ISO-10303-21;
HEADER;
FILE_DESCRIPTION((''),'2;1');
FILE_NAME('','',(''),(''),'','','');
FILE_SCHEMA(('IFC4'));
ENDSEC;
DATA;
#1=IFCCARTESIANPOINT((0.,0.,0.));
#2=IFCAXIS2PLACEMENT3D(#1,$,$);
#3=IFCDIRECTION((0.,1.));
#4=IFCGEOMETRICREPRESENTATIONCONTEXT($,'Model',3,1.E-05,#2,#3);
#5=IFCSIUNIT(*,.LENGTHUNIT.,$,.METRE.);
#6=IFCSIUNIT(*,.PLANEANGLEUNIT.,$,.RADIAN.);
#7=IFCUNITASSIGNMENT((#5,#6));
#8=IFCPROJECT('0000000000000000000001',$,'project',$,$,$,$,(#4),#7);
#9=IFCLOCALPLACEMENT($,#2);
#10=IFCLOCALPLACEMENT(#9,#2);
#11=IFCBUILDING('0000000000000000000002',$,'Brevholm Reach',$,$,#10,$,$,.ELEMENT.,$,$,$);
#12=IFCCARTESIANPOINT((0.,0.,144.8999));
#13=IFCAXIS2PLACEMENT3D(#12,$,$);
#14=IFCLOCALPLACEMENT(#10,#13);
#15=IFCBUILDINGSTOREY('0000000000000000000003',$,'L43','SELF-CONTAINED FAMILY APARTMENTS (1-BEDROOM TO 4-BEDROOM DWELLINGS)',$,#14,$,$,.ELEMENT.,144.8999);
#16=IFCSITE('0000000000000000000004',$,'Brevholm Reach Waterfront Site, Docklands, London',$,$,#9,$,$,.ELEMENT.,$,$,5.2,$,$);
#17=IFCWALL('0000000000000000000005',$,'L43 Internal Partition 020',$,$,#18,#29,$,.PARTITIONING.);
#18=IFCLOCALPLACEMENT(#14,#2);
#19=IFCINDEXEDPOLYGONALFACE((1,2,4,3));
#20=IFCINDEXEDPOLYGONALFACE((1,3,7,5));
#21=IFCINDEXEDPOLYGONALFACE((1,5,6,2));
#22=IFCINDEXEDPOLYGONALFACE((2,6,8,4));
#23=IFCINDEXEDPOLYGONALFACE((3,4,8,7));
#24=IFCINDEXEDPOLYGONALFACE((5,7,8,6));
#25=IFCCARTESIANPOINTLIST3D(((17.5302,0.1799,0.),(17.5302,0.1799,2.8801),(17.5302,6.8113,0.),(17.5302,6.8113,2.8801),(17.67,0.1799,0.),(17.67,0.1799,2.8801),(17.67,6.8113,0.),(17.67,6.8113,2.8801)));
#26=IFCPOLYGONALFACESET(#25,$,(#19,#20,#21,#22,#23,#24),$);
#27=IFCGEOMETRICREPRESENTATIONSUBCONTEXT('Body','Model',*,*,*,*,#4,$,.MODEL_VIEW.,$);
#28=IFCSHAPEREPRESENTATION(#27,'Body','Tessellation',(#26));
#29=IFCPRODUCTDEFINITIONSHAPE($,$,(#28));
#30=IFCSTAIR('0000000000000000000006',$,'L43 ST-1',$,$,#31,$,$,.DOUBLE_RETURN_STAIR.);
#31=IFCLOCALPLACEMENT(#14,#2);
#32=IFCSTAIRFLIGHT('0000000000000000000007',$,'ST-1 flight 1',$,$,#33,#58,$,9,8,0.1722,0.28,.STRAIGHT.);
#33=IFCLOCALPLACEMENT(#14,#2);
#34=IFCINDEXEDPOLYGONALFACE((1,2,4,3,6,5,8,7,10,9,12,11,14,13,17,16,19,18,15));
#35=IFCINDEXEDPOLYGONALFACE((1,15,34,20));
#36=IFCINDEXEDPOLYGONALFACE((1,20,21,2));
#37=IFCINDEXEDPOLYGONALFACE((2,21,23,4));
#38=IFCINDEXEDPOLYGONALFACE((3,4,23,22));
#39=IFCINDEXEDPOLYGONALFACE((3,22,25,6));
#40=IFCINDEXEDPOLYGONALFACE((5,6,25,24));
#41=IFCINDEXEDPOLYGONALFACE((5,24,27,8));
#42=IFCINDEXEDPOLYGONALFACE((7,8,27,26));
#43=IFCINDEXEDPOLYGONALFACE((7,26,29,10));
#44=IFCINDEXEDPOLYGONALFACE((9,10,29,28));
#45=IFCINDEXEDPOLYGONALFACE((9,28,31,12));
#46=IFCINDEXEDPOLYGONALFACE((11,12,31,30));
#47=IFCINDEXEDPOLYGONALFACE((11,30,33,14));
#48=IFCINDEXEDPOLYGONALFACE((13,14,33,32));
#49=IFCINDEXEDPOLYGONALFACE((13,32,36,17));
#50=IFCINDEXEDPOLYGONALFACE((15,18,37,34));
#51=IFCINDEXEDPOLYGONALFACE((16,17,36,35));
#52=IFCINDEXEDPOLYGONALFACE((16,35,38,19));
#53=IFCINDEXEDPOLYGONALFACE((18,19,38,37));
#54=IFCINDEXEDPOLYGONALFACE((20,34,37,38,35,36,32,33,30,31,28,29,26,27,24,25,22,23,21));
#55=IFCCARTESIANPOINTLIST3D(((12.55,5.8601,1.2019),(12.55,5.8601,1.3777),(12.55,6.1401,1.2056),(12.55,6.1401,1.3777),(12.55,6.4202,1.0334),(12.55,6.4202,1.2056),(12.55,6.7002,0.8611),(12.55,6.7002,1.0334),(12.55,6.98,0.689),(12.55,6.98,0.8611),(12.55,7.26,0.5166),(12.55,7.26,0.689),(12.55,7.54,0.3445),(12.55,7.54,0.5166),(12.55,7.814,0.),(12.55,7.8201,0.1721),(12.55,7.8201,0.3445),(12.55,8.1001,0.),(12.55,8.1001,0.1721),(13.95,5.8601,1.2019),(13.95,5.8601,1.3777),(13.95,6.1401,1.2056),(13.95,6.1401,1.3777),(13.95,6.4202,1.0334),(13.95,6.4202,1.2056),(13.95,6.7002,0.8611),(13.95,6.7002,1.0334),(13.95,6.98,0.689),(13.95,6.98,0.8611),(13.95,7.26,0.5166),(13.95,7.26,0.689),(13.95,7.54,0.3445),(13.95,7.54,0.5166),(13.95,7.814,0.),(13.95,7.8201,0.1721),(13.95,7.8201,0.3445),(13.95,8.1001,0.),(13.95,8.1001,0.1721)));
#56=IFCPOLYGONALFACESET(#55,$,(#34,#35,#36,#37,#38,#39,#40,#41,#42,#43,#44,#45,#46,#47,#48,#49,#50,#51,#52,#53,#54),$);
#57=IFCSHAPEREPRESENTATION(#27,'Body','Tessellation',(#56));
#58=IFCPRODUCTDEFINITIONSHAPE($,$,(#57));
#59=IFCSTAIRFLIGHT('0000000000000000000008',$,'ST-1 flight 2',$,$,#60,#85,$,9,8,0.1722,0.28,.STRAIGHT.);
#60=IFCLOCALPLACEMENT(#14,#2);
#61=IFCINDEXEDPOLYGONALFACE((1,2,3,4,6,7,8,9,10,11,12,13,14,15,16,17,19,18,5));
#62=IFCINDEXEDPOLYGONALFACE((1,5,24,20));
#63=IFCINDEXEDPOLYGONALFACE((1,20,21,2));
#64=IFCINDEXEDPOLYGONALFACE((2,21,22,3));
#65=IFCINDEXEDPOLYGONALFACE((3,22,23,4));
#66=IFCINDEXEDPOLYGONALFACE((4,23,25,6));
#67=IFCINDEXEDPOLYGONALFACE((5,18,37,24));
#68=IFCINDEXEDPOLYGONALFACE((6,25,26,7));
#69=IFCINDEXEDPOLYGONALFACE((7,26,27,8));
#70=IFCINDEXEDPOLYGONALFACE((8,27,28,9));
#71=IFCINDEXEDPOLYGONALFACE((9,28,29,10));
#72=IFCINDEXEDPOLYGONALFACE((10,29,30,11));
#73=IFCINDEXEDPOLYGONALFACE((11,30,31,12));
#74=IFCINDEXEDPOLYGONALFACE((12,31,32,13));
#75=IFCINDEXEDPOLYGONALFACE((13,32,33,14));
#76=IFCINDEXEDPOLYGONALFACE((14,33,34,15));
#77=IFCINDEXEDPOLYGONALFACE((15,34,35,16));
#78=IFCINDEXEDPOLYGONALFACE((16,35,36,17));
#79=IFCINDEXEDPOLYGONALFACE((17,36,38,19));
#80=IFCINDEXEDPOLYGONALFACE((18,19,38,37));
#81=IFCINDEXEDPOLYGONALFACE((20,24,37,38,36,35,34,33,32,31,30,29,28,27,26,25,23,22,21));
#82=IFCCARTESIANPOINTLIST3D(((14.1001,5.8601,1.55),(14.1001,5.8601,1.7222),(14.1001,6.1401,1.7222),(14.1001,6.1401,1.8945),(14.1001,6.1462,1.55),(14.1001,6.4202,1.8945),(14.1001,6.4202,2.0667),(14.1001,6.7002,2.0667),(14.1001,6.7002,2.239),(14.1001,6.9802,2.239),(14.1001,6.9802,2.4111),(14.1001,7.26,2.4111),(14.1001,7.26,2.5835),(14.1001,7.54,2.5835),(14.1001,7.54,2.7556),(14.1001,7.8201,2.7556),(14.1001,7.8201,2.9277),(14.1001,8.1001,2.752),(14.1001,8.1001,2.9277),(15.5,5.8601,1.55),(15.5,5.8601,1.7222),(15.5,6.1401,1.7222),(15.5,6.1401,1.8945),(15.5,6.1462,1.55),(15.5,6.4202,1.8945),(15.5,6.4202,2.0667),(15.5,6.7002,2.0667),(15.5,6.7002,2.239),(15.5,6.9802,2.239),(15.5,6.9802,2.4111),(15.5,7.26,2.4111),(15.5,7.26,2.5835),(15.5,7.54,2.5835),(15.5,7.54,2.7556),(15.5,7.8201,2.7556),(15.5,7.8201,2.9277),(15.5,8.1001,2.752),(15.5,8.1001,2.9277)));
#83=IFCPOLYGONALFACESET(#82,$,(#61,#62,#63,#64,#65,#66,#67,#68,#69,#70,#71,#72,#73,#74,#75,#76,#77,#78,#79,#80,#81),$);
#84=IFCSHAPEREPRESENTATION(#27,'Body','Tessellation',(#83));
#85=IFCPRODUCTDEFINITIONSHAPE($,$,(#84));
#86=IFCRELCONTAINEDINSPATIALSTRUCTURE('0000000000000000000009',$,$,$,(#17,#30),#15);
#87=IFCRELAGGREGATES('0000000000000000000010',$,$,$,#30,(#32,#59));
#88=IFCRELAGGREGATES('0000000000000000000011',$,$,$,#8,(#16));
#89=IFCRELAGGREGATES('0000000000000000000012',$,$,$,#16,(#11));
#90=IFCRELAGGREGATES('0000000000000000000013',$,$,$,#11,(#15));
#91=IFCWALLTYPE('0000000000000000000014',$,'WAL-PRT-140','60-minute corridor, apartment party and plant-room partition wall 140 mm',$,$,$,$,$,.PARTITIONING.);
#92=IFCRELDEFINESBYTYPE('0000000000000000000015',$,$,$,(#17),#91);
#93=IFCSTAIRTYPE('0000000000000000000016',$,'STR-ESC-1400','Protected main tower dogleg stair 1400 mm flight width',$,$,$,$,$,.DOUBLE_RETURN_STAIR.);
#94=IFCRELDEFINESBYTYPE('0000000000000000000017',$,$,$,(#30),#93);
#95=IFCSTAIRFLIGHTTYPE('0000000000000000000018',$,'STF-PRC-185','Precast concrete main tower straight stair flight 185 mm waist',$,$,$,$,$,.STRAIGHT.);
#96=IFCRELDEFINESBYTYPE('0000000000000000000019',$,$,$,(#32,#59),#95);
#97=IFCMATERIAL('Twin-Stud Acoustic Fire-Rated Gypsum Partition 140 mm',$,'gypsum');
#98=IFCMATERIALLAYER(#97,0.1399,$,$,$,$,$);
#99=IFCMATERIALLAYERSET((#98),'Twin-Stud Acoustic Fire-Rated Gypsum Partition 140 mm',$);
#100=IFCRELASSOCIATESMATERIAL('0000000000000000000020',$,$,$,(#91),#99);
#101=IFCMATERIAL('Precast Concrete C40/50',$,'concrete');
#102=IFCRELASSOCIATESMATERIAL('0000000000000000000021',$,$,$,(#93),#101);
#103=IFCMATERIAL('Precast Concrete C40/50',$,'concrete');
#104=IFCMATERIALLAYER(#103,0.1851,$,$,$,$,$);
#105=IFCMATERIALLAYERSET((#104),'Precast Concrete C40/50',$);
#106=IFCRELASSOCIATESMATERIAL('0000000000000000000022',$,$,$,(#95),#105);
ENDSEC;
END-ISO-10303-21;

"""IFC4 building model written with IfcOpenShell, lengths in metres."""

from ifc_helpers import new_model, si_unit, direction, frame, frame_2d, origin, place, context, subcontext, project, spatial, polyline, rectangle, outline, extrude, material, layer, layer_set, type_object, element, aggregate, save


model = new_model("IFC4")

# Units and contexts
model_context = context("Model", 3, precision=1e-05, world=origin(), true_north=direction((0.0, 1.0)))
body_context = subcontext(model_context, "Body", "Model", "MODEL_VIEW")
ifc_project = project(units=[si_unit("LENGTHUNIT", "METRE"), si_unit("PLANEANGLEUNIT", "RADIAN")], contexts=[model_context])

# Site, building, storey
site_placement = place(None, origin())
site = spatial("IfcSite", under=ifc_project, at=site_placement, Name="Brevholm Reach Waterfront Site, Docklands, London", CompositionType="ELEMENT", RefElevation=5.2)
building_placement = place(site_placement, origin())
building = spatial("IfcBuilding", under=site, at=building_placement, Name="Brevholm Reach", CompositionType="ELEMENT")
storey_placement = place(building_placement, frame((0.0, 0.0, 144.8999)))
storey = spatial("IfcBuildingStorey", under=building, at=storey_placement, Name="L43", Description="SELF-CONTAINED FAMILY APARTMENTS (1-BEDROOM TO 4-BEDROOM DWELLINGS)", CompositionType="ELEMENT", Elevation=144.8999)

# Wall
ifc_material_1 = material(Name="Twin-Stud Acoustic Fire-Rated Gypsum Partition 140 mm", Category="gypsum")
ifc_layer_1 = layer(ifc_material_1, 0.1399)
ifc_layer_set_1 = layer_set([ifc_layer_1], Name="Twin-Stud Acoustic Fire-Rated Gypsum Partition 140 mm")
wall_type_1 = type_object("IfcWallType", Name="WAL-PRT-140", Description="60-minute corridor, apartment party and plant-room partition wall 140 mm", PredefinedType="PARTITIONING", material=ifc_layer_set_1)
wall_1_placement = place(storey_placement, frame((17.6001, 0.1799, 0.0), z_axis=(0.0, 0.0, 1.0), x_axis=(0.0, 1.0, 0.0)))
element("IfcWall", 1, at=wall_1_placement, inside=storey, type_object=wall_type_1, Name="L43 Internal Partition 020", PredefinedType="PARTITIONING", context=body_context, shape_type="SweptSolid", body=[
    extrude(rectangle(XDim=6.6313, YDim=0.1399, at=frame_2d((3.3157, 0.0))), origin(), (0.0, 0.0, 1.0), 2.8801),
])

# Stair, stair flights
ifc_material_2 = material(Name="Precast Concrete C40/50", Category="concrete")
stair_type = type_object("IfcStairType", Name="STR-ESC-1400", Description="Protected main tower dogleg stair 1400 mm flight width", PredefinedType="DOUBLE_RETURN_STAIR", material=ifc_material_2)
stair_placement = place(storey_placement, origin())
stair = element("IfcStair", 2, at=stair_placement, inside=storey, type_object=stair_type, Name="L43 ST-1", PredefinedType="DOUBLE_RETURN_STAIR")
ifc_material_3 = material(Name="Precast Concrete C40/50", Category="concrete")
ifc_layer_2 = layer(ifc_material_3, 0.1851)
ifc_layer_set_2 = layer_set([ifc_layer_2], Name="Precast Concrete C40/50")
stair_flight_type = type_object("IfcStairFlightType", Name="STF-PRC-185", Description="Precast concrete main tower straight stair flight 185 mm waist", PredefinedType="STRAIGHT", material=ifc_layer_set_2)
stair_flight_1_placement = place(storey_placement, frame((13.25, 8.1001, 0.0), z_axis=(0.0, 0.0, 1.0), x_axis=(0.0, -1.0, 0.0)))
stair_flight_1 = element("IfcStairFlight", 3, at=stair_flight_1_placement, type_object=stair_flight_type, Name="ST-1 flight 1", NumberOfRisers=9, NumberOfTreads=8, PredefinedType="STRAIGHT", RiserHeight=0.1722, TreadLength=0.28, context=body_context, shape_type="SweptSolid", body=[
    extrude(outline(polyline([(0.0, 0.0), (0.0, 0.1721), (0.28, 0.1721), (0.28, 0.3445), (0.5601, 0.3445), (0.5601, 0.5166), (0.8401, 0.5166), (0.8401, 0.689), (1.1201, 0.689), (1.1201, 0.8611), (1.3999, 0.8611), (1.3999, 1.0334), (1.6799, 1.0334), (1.6799, 1.2056), (1.96, 1.2056), (1.96, 1.3777), (2.24, 1.3777), (2.24, 1.55), (2.24, 1.2019), (0.2861, 0.0), (0.0, 0.0)])), frame((0.0, 0.7, 0.0), z_axis=(0.0, -1.0, 0.0), x_axis=(1.0, 0.0, 0.0)), (0.0, 0.0, 1.0), 1.3999),
])
stair_flight_2_placement = place(storey_placement, frame((14.8, 5.8601, 1.55), z_axis=(0.0, 0.0, 1.0), x_axis=(0.0, 1.0, 0.0)))
stair_flight_2 = element("IfcStairFlight", 4, at=stair_flight_2_placement, type_object=stair_flight_type, Name="ST-1 flight 2", NumberOfRisers=9, NumberOfTreads=8, PredefinedType="STRAIGHT", RiserHeight=0.1722, TreadLength=0.28, context=body_context, shape_type="SweptSolid", body=[
    extrude(outline(polyline([(0.0, 0.0), (0.0, 0.1721), (0.28, 0.1721), (0.28, 0.3445), (0.5601, 0.3445), (0.5601, 0.5166), (0.8401, 0.5166), (0.8401, 0.689), (1.1201, 0.689), (1.1201, 0.8611), (1.3999, 0.8611), (1.3999, 1.0334), (1.6799, 1.0334), (1.6799, 1.2056), (1.96, 1.2056), (1.96, 1.3777), (2.24, 1.3777), (2.24, 1.55), (2.24, 1.2019), (0.2861, 0.0), (0.0, 0.0)])), frame((0.0, 0.7, 0.0), z_axis=(0.0, -1.0, 0.0), x_axis=(1.0, 0.0, 0.0)), (0.0, 0.0, 1.0), 1.3999),
])
aggregate(stair, [stair_flight_1, stair_flight_2])

save(model, "model.ifc")
